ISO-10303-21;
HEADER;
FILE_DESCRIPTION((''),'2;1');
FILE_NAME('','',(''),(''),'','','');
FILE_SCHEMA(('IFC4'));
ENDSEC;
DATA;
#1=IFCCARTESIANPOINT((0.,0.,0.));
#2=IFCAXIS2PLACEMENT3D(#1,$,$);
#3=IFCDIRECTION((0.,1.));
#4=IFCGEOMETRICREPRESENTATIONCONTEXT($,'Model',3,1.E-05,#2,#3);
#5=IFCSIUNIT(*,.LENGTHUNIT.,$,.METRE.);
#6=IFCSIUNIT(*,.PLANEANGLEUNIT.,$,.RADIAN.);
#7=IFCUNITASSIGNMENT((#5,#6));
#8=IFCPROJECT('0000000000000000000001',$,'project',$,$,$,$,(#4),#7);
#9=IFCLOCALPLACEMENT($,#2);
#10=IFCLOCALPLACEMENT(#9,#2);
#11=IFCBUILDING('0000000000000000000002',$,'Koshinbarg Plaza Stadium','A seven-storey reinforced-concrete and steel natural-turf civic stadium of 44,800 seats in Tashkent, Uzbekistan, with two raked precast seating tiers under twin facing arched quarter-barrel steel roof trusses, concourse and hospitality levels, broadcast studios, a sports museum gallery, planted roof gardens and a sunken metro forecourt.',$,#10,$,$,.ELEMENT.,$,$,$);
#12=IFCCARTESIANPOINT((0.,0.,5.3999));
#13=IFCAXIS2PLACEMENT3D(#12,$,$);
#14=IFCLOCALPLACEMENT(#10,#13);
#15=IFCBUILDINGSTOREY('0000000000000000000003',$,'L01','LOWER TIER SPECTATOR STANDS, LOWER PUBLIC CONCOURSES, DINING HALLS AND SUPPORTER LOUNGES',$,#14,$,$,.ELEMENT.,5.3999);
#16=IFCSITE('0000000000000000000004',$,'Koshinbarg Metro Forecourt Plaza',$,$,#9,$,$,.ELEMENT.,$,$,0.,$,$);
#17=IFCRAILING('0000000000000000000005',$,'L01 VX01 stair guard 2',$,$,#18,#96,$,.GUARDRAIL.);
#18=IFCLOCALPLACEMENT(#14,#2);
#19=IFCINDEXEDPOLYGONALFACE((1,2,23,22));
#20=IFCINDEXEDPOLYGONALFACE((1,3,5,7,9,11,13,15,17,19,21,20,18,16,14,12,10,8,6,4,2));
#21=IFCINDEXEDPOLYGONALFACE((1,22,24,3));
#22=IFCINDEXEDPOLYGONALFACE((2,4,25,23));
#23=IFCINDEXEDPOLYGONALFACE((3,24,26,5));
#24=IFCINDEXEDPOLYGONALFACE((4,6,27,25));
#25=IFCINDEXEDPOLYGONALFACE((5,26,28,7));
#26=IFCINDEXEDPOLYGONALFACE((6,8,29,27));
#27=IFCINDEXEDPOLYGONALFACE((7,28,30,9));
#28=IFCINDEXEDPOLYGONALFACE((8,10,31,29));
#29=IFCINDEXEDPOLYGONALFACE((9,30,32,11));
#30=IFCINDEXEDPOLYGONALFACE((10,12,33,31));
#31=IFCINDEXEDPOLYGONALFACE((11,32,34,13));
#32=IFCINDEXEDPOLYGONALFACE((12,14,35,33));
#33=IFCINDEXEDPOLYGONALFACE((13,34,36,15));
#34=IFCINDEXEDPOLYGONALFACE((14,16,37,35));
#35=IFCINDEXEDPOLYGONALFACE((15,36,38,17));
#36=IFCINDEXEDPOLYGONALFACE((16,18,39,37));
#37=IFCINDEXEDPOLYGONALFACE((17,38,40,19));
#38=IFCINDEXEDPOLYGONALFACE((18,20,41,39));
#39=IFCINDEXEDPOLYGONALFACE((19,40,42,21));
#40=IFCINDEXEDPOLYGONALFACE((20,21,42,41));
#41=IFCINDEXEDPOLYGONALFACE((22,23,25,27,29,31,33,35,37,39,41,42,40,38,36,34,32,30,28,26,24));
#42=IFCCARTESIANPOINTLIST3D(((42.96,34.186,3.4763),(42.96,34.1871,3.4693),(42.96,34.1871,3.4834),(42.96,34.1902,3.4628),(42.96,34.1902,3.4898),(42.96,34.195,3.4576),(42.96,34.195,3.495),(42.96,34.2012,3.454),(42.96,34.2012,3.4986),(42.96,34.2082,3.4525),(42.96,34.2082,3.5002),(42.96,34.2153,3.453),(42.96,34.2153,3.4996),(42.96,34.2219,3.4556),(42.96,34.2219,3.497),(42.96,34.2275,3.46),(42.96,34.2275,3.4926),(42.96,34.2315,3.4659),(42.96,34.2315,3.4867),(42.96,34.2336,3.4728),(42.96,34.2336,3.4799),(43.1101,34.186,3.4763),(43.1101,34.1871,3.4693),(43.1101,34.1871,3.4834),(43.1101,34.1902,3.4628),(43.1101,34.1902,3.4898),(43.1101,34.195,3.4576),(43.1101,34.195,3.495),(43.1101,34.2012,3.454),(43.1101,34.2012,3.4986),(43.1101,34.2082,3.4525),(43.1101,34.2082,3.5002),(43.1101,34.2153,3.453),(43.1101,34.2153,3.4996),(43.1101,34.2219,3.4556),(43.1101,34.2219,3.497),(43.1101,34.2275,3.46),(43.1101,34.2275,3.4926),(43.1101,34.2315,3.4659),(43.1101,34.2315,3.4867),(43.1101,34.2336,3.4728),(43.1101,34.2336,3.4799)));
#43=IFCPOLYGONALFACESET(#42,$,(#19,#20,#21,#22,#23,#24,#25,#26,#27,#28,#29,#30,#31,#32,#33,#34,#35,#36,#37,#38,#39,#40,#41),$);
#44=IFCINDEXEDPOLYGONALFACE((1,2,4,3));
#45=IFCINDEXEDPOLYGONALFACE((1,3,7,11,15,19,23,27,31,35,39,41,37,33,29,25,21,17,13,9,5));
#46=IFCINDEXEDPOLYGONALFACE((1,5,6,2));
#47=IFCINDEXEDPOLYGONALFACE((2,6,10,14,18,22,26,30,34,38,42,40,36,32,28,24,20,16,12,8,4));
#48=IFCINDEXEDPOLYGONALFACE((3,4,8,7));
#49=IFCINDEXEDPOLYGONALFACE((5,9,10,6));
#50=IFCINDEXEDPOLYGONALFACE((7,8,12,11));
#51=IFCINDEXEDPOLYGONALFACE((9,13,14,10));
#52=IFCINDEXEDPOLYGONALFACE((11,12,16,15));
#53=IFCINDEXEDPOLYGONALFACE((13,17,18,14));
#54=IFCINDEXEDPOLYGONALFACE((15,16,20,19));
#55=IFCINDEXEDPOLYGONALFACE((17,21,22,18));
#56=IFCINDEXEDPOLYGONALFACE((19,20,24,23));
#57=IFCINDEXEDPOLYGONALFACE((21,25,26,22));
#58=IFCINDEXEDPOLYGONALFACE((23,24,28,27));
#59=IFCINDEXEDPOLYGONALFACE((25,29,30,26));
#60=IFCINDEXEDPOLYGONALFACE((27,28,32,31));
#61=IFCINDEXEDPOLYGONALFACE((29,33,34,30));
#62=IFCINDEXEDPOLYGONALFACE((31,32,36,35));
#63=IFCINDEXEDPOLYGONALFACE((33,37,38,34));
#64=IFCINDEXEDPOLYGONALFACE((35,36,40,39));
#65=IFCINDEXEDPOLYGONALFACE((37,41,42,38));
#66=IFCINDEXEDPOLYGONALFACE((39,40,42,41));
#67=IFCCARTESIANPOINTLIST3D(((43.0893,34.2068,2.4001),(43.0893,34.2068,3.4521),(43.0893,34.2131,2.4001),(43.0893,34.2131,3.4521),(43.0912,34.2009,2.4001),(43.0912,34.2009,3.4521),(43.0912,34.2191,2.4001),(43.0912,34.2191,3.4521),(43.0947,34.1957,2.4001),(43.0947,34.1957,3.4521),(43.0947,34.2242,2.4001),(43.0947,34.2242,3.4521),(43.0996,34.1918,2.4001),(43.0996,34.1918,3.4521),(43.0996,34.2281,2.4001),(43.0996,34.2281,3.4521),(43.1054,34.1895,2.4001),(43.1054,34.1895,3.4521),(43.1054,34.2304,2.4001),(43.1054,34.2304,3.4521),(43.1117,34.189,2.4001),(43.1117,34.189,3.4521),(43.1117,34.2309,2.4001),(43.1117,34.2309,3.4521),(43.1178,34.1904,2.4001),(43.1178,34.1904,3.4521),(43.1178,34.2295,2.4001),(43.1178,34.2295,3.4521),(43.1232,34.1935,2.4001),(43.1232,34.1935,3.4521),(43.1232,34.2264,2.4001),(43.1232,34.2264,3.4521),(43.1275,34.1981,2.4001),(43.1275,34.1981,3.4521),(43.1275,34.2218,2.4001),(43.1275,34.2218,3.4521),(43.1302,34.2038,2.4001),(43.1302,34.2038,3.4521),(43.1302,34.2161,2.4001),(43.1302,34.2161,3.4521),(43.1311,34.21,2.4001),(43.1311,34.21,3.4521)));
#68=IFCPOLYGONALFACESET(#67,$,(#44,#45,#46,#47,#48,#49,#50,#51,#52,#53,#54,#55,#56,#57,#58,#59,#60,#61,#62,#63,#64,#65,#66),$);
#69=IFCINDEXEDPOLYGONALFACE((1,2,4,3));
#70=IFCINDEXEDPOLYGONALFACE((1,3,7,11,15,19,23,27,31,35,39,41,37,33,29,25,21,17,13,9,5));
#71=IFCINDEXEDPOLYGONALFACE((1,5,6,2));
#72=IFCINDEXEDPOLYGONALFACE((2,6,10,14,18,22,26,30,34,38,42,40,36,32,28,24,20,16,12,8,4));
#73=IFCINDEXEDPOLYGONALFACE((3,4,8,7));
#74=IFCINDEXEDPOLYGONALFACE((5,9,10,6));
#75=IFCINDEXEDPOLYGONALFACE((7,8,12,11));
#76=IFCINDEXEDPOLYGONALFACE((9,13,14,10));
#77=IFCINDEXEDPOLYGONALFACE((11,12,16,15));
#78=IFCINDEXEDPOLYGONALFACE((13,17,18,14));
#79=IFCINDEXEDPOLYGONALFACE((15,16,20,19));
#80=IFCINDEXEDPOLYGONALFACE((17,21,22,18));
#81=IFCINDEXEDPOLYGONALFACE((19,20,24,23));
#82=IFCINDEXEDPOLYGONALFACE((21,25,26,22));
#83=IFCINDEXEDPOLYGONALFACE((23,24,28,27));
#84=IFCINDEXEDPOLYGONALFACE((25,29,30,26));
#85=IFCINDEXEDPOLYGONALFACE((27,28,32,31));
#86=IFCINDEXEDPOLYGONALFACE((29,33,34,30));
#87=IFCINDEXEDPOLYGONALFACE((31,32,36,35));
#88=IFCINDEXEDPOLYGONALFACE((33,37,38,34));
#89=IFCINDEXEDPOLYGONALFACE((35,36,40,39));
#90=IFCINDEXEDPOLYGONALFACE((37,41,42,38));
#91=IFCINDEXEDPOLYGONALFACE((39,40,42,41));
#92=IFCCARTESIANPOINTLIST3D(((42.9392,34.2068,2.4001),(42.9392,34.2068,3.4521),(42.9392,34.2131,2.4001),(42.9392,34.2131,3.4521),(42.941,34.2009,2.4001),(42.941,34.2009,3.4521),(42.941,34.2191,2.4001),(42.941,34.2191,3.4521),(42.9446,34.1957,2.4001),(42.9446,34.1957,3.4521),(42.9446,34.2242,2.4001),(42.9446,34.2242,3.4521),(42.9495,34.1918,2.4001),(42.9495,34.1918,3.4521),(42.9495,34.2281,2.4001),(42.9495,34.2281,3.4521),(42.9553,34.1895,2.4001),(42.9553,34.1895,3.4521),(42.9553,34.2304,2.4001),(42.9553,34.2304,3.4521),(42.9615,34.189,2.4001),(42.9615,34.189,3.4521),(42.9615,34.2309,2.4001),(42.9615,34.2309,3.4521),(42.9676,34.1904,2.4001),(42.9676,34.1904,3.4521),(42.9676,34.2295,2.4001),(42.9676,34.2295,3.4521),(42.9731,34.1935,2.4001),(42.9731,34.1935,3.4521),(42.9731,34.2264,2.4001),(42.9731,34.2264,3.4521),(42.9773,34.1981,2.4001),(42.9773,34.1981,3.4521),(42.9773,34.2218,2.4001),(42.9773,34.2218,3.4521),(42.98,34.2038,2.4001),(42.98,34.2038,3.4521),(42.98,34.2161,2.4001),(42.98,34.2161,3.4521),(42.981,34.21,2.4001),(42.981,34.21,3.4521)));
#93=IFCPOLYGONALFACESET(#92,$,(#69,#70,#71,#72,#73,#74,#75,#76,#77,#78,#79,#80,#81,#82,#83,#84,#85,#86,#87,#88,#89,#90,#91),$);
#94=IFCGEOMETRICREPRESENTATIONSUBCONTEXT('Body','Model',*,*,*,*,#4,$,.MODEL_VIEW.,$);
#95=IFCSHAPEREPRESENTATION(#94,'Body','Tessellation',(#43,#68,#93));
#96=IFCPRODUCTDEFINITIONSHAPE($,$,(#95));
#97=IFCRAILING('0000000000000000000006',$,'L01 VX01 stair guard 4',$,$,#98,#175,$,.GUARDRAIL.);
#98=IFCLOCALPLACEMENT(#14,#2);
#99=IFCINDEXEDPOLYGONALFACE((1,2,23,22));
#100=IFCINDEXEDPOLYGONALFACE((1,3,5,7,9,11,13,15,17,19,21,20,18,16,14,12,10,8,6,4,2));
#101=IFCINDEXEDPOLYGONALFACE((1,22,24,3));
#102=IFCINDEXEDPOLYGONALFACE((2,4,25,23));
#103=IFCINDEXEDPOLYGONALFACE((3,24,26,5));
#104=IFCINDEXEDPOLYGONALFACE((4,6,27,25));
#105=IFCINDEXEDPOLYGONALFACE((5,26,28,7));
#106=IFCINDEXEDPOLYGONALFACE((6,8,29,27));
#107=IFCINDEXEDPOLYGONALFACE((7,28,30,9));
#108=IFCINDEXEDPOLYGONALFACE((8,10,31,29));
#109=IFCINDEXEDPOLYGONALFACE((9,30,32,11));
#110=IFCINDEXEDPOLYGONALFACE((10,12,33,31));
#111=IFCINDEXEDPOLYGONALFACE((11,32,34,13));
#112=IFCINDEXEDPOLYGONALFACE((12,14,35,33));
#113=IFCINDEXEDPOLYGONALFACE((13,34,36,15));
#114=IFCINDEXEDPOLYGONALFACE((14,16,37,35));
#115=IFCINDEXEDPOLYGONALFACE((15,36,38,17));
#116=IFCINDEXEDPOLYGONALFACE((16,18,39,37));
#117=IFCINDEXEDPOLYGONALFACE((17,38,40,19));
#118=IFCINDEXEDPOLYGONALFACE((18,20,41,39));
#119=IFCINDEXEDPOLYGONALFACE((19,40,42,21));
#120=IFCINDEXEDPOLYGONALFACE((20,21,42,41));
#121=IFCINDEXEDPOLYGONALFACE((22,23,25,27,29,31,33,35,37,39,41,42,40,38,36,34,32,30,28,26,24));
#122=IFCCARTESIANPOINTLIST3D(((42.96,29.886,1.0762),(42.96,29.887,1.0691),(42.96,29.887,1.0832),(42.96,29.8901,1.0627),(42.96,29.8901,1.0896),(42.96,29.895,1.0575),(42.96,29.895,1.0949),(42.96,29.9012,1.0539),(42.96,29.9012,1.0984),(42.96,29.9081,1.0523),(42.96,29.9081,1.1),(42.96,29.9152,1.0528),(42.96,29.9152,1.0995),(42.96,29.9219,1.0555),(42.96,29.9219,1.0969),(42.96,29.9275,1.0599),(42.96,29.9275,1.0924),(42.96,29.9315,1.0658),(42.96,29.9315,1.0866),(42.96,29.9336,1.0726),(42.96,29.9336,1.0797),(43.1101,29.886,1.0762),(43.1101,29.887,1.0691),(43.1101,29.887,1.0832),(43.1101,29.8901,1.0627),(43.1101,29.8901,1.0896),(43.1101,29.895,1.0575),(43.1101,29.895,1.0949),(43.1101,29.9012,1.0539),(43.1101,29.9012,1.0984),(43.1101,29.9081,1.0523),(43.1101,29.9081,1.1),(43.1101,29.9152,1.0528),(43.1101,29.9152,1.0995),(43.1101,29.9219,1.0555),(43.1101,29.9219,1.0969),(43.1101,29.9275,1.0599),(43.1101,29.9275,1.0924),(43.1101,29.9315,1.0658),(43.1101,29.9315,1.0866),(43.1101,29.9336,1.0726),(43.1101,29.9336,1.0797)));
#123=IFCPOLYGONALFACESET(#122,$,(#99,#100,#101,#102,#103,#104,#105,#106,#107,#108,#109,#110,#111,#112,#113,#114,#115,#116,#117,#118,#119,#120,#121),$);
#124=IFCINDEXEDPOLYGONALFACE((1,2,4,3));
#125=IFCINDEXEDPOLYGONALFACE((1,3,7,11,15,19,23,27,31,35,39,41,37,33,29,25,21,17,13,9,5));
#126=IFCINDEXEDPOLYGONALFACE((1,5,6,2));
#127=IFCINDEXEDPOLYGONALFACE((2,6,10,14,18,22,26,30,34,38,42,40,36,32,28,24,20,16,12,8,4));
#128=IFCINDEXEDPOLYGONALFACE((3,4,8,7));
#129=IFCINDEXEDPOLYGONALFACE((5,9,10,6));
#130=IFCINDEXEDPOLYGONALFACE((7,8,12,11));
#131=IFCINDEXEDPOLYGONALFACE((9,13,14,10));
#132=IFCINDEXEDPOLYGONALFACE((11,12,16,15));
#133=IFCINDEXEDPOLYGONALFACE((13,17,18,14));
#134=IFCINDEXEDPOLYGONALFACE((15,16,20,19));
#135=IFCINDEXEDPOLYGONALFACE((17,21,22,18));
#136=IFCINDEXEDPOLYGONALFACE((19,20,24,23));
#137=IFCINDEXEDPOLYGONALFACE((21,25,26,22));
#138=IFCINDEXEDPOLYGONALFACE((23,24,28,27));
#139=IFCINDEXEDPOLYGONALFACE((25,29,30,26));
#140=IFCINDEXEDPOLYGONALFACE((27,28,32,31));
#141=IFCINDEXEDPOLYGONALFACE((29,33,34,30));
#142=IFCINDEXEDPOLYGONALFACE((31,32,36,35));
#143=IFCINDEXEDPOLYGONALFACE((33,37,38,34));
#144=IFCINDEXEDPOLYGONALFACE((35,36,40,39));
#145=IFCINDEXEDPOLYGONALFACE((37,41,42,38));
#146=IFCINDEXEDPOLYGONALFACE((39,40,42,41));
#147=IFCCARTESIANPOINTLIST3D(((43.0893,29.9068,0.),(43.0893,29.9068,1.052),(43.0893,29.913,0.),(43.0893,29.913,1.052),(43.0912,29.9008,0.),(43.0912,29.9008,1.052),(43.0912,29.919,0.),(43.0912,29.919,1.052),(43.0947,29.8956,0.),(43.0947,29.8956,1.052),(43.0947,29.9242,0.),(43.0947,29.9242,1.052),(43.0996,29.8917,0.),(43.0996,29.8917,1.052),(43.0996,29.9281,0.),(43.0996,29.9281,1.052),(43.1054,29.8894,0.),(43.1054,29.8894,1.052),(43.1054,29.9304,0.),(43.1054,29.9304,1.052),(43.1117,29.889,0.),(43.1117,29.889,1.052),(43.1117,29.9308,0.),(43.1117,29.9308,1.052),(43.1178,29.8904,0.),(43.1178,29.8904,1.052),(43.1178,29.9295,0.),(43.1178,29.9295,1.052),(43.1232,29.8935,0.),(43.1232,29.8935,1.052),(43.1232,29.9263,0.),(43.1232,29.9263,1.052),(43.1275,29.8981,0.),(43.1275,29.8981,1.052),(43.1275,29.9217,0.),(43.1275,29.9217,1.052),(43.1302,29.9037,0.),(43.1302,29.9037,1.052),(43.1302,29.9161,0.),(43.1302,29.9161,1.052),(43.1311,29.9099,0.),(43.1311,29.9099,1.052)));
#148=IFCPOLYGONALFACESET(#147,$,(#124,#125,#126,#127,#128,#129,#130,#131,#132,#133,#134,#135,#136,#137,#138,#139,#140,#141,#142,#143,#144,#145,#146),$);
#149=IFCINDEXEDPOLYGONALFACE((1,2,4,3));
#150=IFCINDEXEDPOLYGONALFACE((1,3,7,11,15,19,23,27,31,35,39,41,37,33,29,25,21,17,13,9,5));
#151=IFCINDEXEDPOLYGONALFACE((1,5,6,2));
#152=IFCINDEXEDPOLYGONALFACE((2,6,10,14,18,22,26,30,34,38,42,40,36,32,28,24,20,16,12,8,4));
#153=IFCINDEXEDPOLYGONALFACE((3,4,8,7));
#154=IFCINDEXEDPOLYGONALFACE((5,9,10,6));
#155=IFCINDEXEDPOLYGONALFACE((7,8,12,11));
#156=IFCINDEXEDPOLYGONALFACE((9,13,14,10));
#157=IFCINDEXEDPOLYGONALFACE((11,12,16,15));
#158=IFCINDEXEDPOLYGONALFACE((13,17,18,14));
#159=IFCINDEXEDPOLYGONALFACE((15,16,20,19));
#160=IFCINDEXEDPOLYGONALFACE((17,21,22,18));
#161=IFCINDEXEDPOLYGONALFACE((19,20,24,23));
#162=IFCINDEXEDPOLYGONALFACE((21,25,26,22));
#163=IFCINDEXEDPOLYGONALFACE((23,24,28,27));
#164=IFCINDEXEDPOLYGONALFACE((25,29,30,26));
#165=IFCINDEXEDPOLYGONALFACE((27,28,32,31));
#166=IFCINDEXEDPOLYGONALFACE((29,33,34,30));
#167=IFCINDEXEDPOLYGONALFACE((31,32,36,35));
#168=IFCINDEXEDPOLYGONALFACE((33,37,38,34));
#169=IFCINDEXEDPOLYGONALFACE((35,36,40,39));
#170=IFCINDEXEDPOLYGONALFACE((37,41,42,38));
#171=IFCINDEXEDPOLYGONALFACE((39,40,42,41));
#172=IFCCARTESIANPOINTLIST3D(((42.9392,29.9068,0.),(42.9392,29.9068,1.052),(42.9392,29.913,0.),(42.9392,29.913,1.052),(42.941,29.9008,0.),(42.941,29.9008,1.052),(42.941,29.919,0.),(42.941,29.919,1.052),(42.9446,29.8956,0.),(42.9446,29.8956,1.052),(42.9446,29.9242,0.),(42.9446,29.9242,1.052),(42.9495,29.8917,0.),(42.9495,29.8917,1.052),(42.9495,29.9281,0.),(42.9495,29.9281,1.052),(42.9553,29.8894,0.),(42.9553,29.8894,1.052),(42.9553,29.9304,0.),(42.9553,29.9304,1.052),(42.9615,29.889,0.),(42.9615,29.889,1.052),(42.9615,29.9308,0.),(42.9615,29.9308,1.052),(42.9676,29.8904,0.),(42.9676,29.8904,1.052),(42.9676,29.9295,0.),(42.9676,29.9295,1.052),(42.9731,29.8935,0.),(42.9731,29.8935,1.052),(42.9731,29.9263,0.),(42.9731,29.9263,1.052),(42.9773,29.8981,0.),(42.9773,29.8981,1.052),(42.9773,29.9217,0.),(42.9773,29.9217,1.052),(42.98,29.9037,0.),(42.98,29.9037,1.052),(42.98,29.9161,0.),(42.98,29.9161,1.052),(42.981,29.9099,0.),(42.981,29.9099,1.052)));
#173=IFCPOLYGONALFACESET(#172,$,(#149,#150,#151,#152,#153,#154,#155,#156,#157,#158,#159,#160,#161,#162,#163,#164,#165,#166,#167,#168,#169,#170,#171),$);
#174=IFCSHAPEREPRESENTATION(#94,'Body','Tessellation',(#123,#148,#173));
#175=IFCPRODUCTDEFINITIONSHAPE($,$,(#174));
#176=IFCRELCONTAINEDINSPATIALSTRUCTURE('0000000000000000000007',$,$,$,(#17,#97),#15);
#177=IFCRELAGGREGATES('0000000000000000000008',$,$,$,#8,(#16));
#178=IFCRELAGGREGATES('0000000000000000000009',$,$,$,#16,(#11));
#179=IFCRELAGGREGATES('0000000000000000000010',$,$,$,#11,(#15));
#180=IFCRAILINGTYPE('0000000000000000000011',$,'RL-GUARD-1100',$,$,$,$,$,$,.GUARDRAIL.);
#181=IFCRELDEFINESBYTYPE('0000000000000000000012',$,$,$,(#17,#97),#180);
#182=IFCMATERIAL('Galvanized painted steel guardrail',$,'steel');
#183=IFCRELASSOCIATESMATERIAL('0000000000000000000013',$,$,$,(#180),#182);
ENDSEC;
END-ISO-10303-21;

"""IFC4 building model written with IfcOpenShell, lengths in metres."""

from ifc_helpers import new_model, si_unit, direction, frame, origin, origin_2d, place, context, subcontext, project, spatial, circle, extrude, material, type_object, element, save


model = new_model("IFC4")

# Units and contexts
model_context = context("Model", 3, precision=1e-05, world=origin(), true_north=direction((0.0, 1.0)))
body_context = subcontext(model_context, "Body", "Model", "MODEL_VIEW")
ifc_project = project(units=[si_unit("LENGTHUNIT", "METRE"), si_unit("PLANEANGLEUNIT", "RADIAN")], contexts=[model_context])

# Site, building, storey
site_placement = place(None, origin())
site = spatial("IfcSite", under=ifc_project, at=site_placement, Name="Koshinbarg Metro Forecourt Plaza", CompositionType="ELEMENT", RefElevation=0.0)
building_placement = place(site_placement, origin())
building = spatial("IfcBuilding", under=site, at=building_placement, Name="Koshinbarg Plaza Stadium", Description="A seven-storey reinforced-concrete and steel natural-turf civic stadium of 44,800 seats in Tashkent, Uzbekistan, with two raked precast seating tiers under twin facing arched quarter-barrel steel roof trusses, concourse and hospitality levels, broadcast studios, a sports museum gallery, planted roof gardens and a sunken metro forecourt.", CompositionType="ELEMENT")
storey_placement = place(building_placement, frame((0.0, 0.0, 5.3999)))
storey = spatial("IfcBuildingStorey", under=building, at=storey_placement, Name="L01", Description="LOWER TIER SPECTATOR STANDS, LOWER PUBLIC CONCOURSES, DINING HALLS AND SUPPORTER LOUNGES", CompositionType="ELEMENT", Elevation=5.3999)

# Railings
ifc_material_1 = material(Name="Galvanized painted steel guardrail", Category="steel")
railing_type_1 = type_object("IfcRailingType", Name="RL-GUARD-1100", PredefinedType="GUARDRAIL", material=ifc_material_1)
for number, where, name in (
    (1, (43.1101, 34.21, 2.4001), "L01 VX01 stair guard 2"),
    (2, (43.1101, 29.9099, 0.0), "L01 VX01 stair guard 4"),
):
    element("IfcRailing", number, at=place(storey_placement, frame(where)), inside=storey, type_object=railing_type_1, Name=name, PredefinedType="GUARDRAIL", context=body_context, shape_type="SweptSolid", body=[
        extrude(circle(Radius=0.0239, at=origin_2d()), frame((0.0, 0.0, 1.0762), z_axis=(-1.0, 0.0, 0.0), x_axis=(0.0, -1.0, 0.0)), (0.0, 0.0, 1.0), 0.1501),
        extrude(circle(Radius=0.021, at=origin_2d()), origin(), (0.0, 0.0, 1.0), 1.052),
        extrude(circle(Radius=0.021, at=origin_2d()), frame((-0.1501, 0.0, 0.0)), (0.0, 0.0, 1.0), 1.052),
    ])

save(model, "model.ifc")
